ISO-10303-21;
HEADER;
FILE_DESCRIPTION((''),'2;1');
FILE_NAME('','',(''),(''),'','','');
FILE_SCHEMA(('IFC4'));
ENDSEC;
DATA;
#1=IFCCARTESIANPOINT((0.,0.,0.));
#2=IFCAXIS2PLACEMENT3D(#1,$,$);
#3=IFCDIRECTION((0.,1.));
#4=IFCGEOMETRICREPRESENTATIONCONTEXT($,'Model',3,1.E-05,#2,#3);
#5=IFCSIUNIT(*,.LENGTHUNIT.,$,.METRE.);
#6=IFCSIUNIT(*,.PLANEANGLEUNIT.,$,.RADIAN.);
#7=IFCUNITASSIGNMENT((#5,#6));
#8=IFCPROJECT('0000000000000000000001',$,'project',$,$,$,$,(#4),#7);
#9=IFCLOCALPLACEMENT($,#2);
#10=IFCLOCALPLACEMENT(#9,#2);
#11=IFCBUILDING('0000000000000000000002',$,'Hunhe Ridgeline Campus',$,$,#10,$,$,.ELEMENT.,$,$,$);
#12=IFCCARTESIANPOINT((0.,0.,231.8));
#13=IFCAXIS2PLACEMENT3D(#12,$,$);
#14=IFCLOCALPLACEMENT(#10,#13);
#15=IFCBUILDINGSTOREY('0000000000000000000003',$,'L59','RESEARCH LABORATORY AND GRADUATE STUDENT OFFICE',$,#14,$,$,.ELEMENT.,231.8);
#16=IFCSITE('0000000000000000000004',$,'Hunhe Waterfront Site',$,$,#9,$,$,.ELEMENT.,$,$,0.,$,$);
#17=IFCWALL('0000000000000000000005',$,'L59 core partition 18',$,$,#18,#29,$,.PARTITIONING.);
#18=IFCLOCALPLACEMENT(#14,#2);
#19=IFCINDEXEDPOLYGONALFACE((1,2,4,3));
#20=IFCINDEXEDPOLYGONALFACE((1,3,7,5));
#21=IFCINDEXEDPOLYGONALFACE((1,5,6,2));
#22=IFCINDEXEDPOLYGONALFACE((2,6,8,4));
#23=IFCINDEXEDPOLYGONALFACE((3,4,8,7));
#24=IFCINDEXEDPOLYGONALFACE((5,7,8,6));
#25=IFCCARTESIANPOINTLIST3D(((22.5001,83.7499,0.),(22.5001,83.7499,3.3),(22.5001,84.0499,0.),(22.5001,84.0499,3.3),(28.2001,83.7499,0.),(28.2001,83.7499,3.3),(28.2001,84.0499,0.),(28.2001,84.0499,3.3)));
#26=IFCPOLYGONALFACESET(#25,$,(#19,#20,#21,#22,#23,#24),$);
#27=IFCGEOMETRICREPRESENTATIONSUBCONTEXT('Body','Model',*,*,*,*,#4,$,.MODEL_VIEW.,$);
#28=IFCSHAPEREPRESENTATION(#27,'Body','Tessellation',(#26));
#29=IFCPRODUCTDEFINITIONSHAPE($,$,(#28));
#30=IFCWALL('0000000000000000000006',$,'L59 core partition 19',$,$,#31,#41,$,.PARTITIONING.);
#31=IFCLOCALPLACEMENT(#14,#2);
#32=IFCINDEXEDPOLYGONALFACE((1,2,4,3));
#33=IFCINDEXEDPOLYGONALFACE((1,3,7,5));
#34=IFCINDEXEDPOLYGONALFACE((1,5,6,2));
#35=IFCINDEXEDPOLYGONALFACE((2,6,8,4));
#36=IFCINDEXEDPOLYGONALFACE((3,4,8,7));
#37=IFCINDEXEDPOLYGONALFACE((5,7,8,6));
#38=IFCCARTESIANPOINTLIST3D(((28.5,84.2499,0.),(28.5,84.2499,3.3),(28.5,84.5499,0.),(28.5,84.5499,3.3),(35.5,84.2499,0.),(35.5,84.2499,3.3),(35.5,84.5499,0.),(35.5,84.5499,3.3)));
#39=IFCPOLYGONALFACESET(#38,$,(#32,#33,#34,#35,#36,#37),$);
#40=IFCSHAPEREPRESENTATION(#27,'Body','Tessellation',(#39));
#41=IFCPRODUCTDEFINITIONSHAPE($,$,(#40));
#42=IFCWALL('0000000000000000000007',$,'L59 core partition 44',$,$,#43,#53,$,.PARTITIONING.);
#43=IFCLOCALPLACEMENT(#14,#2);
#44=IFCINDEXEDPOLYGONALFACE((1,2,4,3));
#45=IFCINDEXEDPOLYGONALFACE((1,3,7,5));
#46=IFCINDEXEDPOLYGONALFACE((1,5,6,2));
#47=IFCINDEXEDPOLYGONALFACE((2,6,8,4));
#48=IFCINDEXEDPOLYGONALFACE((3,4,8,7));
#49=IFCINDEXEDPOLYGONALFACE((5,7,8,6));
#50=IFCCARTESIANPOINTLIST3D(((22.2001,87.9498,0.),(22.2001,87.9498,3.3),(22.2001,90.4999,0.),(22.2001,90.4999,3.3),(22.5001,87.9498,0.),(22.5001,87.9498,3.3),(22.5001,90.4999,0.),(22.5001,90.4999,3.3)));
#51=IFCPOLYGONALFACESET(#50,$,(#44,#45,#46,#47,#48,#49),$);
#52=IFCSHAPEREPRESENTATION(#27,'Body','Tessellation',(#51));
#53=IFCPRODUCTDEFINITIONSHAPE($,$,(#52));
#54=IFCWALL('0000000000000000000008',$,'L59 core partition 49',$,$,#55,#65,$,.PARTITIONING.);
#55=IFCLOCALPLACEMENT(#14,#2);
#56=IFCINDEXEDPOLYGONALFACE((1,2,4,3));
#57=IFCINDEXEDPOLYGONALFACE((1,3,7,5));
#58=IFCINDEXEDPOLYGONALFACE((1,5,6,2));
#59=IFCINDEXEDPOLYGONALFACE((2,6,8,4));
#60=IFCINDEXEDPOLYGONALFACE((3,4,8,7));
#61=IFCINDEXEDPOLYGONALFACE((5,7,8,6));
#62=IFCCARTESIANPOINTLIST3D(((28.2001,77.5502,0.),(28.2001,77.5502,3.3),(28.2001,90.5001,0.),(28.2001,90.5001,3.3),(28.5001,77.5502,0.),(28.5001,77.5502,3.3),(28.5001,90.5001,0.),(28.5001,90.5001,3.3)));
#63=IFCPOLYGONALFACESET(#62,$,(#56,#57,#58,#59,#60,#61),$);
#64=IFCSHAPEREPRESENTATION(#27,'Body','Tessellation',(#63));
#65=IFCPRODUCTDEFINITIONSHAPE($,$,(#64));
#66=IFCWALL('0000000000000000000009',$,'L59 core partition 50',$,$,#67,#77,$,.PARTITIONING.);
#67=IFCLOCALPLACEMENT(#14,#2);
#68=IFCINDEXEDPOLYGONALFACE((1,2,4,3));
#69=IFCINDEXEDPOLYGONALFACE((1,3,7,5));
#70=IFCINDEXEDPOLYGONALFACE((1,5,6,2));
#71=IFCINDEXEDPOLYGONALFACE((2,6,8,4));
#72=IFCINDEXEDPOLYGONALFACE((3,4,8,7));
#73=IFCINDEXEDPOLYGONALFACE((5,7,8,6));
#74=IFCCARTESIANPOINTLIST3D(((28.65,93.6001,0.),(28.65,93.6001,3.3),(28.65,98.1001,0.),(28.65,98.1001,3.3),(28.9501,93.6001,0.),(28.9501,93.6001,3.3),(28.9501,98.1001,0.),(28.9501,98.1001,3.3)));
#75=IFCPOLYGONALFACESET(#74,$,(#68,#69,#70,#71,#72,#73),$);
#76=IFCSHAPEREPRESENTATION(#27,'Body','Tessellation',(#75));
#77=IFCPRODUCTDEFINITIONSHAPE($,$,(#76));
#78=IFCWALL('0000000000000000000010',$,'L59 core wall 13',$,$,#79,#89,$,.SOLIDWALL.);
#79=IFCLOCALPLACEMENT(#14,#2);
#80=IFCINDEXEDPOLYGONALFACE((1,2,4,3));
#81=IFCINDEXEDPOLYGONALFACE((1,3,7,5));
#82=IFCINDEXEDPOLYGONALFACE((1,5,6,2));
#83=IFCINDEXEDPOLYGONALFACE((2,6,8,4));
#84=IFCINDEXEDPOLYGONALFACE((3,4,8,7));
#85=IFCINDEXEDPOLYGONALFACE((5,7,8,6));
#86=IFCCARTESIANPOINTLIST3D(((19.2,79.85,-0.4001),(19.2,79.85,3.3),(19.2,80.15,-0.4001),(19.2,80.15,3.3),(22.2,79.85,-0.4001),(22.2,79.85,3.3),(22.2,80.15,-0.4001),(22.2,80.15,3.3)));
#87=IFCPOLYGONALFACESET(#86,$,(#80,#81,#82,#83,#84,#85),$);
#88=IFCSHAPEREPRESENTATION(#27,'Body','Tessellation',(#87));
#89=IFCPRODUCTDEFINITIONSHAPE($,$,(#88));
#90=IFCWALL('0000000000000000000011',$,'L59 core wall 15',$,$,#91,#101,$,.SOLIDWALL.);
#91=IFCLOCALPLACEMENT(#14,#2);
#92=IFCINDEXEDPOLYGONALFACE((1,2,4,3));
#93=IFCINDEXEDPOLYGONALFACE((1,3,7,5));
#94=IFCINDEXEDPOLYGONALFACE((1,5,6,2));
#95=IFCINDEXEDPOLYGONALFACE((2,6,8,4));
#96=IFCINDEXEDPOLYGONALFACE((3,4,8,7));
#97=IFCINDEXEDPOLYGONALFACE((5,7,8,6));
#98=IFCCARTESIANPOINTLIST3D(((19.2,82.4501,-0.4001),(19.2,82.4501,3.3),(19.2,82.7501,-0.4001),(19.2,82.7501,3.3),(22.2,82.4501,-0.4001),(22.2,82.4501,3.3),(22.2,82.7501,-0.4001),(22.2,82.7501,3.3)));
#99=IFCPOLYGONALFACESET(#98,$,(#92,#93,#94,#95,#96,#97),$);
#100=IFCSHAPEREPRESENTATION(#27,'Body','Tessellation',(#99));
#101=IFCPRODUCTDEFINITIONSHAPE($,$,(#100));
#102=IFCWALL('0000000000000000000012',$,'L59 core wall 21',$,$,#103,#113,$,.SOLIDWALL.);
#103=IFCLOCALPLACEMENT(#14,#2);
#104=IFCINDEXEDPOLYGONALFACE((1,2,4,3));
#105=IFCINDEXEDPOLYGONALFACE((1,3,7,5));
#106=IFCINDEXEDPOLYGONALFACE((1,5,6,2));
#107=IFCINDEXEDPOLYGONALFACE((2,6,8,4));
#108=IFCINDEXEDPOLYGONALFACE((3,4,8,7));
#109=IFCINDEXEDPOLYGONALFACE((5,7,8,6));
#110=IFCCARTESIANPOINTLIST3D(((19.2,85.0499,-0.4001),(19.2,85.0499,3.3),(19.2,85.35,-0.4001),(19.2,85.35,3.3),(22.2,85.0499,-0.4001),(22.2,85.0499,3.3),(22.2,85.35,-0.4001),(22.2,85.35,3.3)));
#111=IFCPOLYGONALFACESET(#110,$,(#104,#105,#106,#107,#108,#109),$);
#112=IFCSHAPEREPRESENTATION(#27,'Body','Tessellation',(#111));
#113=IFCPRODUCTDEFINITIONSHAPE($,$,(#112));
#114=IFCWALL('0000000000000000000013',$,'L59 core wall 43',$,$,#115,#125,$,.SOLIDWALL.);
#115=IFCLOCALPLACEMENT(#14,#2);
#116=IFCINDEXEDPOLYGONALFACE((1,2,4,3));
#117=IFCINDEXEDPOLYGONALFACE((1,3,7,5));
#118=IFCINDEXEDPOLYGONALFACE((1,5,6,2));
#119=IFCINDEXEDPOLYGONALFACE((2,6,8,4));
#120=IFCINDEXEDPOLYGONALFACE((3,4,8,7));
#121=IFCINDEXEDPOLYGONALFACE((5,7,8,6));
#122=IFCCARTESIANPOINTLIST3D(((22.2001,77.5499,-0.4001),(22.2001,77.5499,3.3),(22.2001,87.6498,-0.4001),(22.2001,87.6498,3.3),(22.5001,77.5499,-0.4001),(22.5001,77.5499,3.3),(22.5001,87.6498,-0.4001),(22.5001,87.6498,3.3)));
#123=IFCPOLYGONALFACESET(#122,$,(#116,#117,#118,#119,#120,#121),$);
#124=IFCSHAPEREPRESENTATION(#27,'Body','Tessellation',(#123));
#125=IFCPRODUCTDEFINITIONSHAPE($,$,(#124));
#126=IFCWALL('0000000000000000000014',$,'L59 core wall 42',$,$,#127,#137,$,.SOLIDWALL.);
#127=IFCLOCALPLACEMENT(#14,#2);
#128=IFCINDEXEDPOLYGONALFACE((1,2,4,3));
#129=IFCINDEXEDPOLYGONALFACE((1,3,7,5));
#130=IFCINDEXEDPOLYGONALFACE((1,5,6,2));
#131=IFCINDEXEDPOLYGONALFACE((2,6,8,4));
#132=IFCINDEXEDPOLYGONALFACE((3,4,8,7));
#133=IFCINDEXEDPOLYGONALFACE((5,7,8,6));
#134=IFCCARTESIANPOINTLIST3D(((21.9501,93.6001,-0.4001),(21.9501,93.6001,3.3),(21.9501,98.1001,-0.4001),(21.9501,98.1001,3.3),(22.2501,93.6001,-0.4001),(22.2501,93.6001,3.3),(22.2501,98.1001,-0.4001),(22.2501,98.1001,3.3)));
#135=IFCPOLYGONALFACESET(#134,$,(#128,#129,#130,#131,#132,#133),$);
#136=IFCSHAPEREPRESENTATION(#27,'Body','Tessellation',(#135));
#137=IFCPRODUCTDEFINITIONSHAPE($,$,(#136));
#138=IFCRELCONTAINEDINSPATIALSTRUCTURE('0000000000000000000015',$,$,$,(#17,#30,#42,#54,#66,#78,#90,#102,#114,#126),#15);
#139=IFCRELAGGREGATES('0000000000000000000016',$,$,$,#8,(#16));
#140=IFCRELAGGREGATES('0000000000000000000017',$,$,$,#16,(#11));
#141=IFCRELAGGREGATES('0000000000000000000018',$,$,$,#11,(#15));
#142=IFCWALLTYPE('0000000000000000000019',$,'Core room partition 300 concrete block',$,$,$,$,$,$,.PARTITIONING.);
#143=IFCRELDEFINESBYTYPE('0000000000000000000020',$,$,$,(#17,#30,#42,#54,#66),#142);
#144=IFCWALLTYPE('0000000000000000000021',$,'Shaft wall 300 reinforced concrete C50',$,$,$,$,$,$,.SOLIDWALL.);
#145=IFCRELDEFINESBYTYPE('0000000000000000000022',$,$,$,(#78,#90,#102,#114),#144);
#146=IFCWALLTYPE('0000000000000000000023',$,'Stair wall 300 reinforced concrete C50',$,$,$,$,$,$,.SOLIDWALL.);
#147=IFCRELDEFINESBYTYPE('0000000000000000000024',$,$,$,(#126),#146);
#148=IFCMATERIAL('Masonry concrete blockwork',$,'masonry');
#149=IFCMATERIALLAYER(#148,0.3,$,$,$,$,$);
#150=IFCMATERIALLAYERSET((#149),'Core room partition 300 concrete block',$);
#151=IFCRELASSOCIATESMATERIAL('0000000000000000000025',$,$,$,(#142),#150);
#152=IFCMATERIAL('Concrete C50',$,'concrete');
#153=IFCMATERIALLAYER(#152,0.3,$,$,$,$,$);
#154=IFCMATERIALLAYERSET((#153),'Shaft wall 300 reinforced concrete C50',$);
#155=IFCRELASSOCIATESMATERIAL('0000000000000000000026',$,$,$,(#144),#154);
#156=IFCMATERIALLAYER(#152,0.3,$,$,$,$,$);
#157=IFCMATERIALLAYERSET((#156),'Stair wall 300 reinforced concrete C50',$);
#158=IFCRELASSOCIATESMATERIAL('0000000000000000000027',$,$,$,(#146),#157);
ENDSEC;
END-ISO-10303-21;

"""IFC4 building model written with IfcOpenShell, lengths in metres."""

from ifc_helpers import new_model, si_unit, direction, frame, frame_2d, origin, place, context, subcontext, project, spatial, rectangle, extrude, material, layer, layer_set, type_object, element, save


model = new_model("IFC4")

# Units and contexts
model_context = context("Model", 3, precision=1e-05, world=origin(), true_north=direction((0.0, 1.0)))
body_context = subcontext(model_context, "Body", "Model", "MODEL_VIEW")
ifc_project = project(units=[si_unit("LENGTHUNIT", "METRE"), si_unit("PLANEANGLEUNIT", "RADIAN")], contexts=[model_context])

# Site, building, storey
site_placement = place(None, origin())
site = spatial("IfcSite", under=ifc_project, at=site_placement, Name="Hunhe Waterfront Site", CompositionType="ELEMENT", RefElevation=0.0)
building_placement = place(site_placement, origin())
building = spatial("IfcBuilding", under=site, at=building_placement, Name="Hunhe Ridgeline Campus", CompositionType="ELEMENT")
storey_placement = place(building_placement, frame((0.0, 0.0, 231.8)))
storey = spatial("IfcBuildingStorey", under=building, at=storey_placement, Name="L59", Description="RESEARCH LABORATORY AND GRADUATE STUDENT OFFICE", CompositionType="ELEMENT", Elevation=231.8)

# Shared definitions
ifc_material_1 = material(Name="Masonry concrete blockwork", Category="masonry")
ifc_layer_1 = layer(ifc_material_1, 0.3)
ifc_layer_set_1 = layer_set([ifc_layer_1], Name="Core room partition 300 concrete block")
wall_type_1 = type_object("IfcWallType", Name="Core room partition 300 concrete block", PredefinedType="PARTITIONING", material=ifc_layer_set_1)

# Walls
wall_1_placement = place(storey_placement, frame((22.5, 83.8999, 0.0), z_axis=(0.0, 0.0, 1.0), x_axis=(1.0, 0.0, 0.0)))
element("IfcWall", 1, at=wall_1_placement, inside=storey, type_object=wall_type_1, Name="L59 core partition 18", PredefinedType="PARTITIONING", context=body_context, shape_type="SweptSolid", body=[
    extrude(rectangle(XDim=5.7, YDim=0.3, at=frame_2d((2.8501, 0.0))), origin(), (0.0, 0.0, 1.0), 3.3),
])
wall_2_placement = place(storey_placement, frame((28.5, 84.3999, 0.0), z_axis=(0.0, 0.0, 1.0), x_axis=(1.0, 0.0, 0.0)))
element("IfcWall", 2, at=wall_2_placement, inside=storey, type_object=wall_type_1, Name="L59 core partition 19", PredefinedType="PARTITIONING", context=body_context, shape_type="SweptSolid", body=[
    extrude(rectangle(XDim=7.0, YDim=0.3, at=frame_2d((3.5, 0.0))), origin(), (0.0, 0.0, 1.0), 3.3),
])
wall_3_placement = place(storey_placement, frame((22.3501, 87.95, 0.0), z_axis=(0.0, 0.0, 1.0), x_axis=(0.0, 1.0, 0.0)))
element("IfcWall", 3, at=wall_3_placement, inside=storey, type_object=wall_type_1, Name="L59 core partition 44", PredefinedType="PARTITIONING", context=body_context, shape_type="SweptSolid", body=[
    extrude(rectangle(XDim=2.55, YDim=0.3, at=frame_2d((1.2749, 0.0))), origin(), (0.0, 0.0, 1.0), 3.3),
])
wall_4_placement = place(storey_placement, frame((28.3501, 77.55, 0.0), z_axis=(0.0, 0.0, 1.0), x_axis=(0.0, 1.0, 0.0)))
element("IfcWall", 4, at=wall_4_placement, inside=storey, type_object=wall_type_1, Name="L59 core partition 49", PredefinedType="PARTITIONING", context=body_context, shape_type="SweptSolid", body=[
    extrude(rectangle(XDim=12.95, YDim=0.3, at=frame_2d((6.4751, 0.0))), origin(), (0.0, 0.0, 1.0), 3.3),
])
wall_5_placement = place(storey_placement, frame((28.8, 93.6001, 0.0), z_axis=(0.0, 0.0, 1.0), x_axis=(0.0, 1.0, 0.0)))
element("IfcWall", 5, at=wall_5_placement, inside=storey, type_object=wall_type_1, Name="L59 core partition 50", PredefinedType="PARTITIONING", context=body_context, shape_type="SweptSolid", body=[
    extrude(rectangle(XDim=4.5, YDim=0.3, at=frame_2d((2.25, 0.0))), origin(), (0.0, 0.0, 1.0), 3.3),
])
ifc_material_2 = material(Name="Concrete C50", Category="concrete")
ifc_layer_2 = layer(ifc_material_2, 0.3)
ifc_layer_set_2 = layer_set([ifc_layer_2], Name="Shaft wall 300 reinforced concrete C50")
wall_type_2 = type_object("IfcWallType", Name="Shaft wall 300 reinforced concrete C50", PredefinedType="SOLIDWALL", material=ifc_layer_set_2)
for number, where, z_axis, x_axis, name in (
    (6, (19.2, 80.0, -0.4001), (0.0, 0.0, 1.0), (1.0, 0.0, 0.0), "L59 core wall 13"),
    (7, (19.2, 82.6001, -0.4001), (0.0, 0.0, 1.0), (1.0, 0.0, 0.0), "L59 core wall 15"),
    (8, (19.2, 85.2, -0.4001), (0.0, 0.0, 1.0), (1.0, 0.0, 0.0), "L59 core wall 21"),
):
    element("IfcWall", number, at=place(storey_placement, frame(where, z_axis=z_axis, x_axis=x_axis)), inside=storey, type_object=wall_type_2, Name=name, PredefinedType="SOLIDWALL", context=body_context, shape_type="SweptSolid", body=[
        extrude(rectangle(XDim=3.0, YDim=0.3, at=frame_2d((1.5, 0.0))), origin(), (0.0, 0.0, 1.0), 3.7002),
    ])

# Wall
wall_6_placement = place(storey_placement, frame((22.3501, 77.55, -0.4001), z_axis=(0.0, 0.0, 1.0), x_axis=(0.0, 1.0, 0.0)))
element("IfcWall", 9, at=wall_6_placement, inside=storey, type_object=wall_type_2, Name="L59 core wall 43", PredefinedType="SOLIDWALL", context=body_context, shape_type="SweptSolid", body=[
    extrude(rectangle(XDim=10.0999, YDim=0.3, at=frame_2d((5.0498, 0.0))), origin(), (0.0, 0.0, 1.0), 3.7002),
])

# Shared definitions
ifc_layer_3 = layer(ifc_material_2, 0.3)
ifc_layer_set_3 = layer_set([ifc_layer_3], Name="Stair wall 300 reinforced concrete C50")
wall_type_3 = type_object("IfcWallType", Name="Stair wall 300 reinforced concrete C50", PredefinedType="SOLIDWALL", material=ifc_layer_set_3)

# Wall
wall_7_placement = place(storey_placement, frame((22.1001, 93.6001, -0.4001), z_axis=(0.0, 0.0, 1.0), x_axis=(0.0, 1.0, 0.0)))
element("IfcWall", 10, at=wall_7_placement, inside=storey, type_object=wall_type_3, Name="L59 core wall 42", PredefinedType="SOLIDWALL", context=body_context, shape_type="SweptSolid", body=[
    extrude(rectangle(XDim=4.5, YDim=0.3, at=frame_2d((2.25, 0.0))), origin(), (0.0, 0.0, 1.0), 3.7002),
])

save(model, "model.ifc")
